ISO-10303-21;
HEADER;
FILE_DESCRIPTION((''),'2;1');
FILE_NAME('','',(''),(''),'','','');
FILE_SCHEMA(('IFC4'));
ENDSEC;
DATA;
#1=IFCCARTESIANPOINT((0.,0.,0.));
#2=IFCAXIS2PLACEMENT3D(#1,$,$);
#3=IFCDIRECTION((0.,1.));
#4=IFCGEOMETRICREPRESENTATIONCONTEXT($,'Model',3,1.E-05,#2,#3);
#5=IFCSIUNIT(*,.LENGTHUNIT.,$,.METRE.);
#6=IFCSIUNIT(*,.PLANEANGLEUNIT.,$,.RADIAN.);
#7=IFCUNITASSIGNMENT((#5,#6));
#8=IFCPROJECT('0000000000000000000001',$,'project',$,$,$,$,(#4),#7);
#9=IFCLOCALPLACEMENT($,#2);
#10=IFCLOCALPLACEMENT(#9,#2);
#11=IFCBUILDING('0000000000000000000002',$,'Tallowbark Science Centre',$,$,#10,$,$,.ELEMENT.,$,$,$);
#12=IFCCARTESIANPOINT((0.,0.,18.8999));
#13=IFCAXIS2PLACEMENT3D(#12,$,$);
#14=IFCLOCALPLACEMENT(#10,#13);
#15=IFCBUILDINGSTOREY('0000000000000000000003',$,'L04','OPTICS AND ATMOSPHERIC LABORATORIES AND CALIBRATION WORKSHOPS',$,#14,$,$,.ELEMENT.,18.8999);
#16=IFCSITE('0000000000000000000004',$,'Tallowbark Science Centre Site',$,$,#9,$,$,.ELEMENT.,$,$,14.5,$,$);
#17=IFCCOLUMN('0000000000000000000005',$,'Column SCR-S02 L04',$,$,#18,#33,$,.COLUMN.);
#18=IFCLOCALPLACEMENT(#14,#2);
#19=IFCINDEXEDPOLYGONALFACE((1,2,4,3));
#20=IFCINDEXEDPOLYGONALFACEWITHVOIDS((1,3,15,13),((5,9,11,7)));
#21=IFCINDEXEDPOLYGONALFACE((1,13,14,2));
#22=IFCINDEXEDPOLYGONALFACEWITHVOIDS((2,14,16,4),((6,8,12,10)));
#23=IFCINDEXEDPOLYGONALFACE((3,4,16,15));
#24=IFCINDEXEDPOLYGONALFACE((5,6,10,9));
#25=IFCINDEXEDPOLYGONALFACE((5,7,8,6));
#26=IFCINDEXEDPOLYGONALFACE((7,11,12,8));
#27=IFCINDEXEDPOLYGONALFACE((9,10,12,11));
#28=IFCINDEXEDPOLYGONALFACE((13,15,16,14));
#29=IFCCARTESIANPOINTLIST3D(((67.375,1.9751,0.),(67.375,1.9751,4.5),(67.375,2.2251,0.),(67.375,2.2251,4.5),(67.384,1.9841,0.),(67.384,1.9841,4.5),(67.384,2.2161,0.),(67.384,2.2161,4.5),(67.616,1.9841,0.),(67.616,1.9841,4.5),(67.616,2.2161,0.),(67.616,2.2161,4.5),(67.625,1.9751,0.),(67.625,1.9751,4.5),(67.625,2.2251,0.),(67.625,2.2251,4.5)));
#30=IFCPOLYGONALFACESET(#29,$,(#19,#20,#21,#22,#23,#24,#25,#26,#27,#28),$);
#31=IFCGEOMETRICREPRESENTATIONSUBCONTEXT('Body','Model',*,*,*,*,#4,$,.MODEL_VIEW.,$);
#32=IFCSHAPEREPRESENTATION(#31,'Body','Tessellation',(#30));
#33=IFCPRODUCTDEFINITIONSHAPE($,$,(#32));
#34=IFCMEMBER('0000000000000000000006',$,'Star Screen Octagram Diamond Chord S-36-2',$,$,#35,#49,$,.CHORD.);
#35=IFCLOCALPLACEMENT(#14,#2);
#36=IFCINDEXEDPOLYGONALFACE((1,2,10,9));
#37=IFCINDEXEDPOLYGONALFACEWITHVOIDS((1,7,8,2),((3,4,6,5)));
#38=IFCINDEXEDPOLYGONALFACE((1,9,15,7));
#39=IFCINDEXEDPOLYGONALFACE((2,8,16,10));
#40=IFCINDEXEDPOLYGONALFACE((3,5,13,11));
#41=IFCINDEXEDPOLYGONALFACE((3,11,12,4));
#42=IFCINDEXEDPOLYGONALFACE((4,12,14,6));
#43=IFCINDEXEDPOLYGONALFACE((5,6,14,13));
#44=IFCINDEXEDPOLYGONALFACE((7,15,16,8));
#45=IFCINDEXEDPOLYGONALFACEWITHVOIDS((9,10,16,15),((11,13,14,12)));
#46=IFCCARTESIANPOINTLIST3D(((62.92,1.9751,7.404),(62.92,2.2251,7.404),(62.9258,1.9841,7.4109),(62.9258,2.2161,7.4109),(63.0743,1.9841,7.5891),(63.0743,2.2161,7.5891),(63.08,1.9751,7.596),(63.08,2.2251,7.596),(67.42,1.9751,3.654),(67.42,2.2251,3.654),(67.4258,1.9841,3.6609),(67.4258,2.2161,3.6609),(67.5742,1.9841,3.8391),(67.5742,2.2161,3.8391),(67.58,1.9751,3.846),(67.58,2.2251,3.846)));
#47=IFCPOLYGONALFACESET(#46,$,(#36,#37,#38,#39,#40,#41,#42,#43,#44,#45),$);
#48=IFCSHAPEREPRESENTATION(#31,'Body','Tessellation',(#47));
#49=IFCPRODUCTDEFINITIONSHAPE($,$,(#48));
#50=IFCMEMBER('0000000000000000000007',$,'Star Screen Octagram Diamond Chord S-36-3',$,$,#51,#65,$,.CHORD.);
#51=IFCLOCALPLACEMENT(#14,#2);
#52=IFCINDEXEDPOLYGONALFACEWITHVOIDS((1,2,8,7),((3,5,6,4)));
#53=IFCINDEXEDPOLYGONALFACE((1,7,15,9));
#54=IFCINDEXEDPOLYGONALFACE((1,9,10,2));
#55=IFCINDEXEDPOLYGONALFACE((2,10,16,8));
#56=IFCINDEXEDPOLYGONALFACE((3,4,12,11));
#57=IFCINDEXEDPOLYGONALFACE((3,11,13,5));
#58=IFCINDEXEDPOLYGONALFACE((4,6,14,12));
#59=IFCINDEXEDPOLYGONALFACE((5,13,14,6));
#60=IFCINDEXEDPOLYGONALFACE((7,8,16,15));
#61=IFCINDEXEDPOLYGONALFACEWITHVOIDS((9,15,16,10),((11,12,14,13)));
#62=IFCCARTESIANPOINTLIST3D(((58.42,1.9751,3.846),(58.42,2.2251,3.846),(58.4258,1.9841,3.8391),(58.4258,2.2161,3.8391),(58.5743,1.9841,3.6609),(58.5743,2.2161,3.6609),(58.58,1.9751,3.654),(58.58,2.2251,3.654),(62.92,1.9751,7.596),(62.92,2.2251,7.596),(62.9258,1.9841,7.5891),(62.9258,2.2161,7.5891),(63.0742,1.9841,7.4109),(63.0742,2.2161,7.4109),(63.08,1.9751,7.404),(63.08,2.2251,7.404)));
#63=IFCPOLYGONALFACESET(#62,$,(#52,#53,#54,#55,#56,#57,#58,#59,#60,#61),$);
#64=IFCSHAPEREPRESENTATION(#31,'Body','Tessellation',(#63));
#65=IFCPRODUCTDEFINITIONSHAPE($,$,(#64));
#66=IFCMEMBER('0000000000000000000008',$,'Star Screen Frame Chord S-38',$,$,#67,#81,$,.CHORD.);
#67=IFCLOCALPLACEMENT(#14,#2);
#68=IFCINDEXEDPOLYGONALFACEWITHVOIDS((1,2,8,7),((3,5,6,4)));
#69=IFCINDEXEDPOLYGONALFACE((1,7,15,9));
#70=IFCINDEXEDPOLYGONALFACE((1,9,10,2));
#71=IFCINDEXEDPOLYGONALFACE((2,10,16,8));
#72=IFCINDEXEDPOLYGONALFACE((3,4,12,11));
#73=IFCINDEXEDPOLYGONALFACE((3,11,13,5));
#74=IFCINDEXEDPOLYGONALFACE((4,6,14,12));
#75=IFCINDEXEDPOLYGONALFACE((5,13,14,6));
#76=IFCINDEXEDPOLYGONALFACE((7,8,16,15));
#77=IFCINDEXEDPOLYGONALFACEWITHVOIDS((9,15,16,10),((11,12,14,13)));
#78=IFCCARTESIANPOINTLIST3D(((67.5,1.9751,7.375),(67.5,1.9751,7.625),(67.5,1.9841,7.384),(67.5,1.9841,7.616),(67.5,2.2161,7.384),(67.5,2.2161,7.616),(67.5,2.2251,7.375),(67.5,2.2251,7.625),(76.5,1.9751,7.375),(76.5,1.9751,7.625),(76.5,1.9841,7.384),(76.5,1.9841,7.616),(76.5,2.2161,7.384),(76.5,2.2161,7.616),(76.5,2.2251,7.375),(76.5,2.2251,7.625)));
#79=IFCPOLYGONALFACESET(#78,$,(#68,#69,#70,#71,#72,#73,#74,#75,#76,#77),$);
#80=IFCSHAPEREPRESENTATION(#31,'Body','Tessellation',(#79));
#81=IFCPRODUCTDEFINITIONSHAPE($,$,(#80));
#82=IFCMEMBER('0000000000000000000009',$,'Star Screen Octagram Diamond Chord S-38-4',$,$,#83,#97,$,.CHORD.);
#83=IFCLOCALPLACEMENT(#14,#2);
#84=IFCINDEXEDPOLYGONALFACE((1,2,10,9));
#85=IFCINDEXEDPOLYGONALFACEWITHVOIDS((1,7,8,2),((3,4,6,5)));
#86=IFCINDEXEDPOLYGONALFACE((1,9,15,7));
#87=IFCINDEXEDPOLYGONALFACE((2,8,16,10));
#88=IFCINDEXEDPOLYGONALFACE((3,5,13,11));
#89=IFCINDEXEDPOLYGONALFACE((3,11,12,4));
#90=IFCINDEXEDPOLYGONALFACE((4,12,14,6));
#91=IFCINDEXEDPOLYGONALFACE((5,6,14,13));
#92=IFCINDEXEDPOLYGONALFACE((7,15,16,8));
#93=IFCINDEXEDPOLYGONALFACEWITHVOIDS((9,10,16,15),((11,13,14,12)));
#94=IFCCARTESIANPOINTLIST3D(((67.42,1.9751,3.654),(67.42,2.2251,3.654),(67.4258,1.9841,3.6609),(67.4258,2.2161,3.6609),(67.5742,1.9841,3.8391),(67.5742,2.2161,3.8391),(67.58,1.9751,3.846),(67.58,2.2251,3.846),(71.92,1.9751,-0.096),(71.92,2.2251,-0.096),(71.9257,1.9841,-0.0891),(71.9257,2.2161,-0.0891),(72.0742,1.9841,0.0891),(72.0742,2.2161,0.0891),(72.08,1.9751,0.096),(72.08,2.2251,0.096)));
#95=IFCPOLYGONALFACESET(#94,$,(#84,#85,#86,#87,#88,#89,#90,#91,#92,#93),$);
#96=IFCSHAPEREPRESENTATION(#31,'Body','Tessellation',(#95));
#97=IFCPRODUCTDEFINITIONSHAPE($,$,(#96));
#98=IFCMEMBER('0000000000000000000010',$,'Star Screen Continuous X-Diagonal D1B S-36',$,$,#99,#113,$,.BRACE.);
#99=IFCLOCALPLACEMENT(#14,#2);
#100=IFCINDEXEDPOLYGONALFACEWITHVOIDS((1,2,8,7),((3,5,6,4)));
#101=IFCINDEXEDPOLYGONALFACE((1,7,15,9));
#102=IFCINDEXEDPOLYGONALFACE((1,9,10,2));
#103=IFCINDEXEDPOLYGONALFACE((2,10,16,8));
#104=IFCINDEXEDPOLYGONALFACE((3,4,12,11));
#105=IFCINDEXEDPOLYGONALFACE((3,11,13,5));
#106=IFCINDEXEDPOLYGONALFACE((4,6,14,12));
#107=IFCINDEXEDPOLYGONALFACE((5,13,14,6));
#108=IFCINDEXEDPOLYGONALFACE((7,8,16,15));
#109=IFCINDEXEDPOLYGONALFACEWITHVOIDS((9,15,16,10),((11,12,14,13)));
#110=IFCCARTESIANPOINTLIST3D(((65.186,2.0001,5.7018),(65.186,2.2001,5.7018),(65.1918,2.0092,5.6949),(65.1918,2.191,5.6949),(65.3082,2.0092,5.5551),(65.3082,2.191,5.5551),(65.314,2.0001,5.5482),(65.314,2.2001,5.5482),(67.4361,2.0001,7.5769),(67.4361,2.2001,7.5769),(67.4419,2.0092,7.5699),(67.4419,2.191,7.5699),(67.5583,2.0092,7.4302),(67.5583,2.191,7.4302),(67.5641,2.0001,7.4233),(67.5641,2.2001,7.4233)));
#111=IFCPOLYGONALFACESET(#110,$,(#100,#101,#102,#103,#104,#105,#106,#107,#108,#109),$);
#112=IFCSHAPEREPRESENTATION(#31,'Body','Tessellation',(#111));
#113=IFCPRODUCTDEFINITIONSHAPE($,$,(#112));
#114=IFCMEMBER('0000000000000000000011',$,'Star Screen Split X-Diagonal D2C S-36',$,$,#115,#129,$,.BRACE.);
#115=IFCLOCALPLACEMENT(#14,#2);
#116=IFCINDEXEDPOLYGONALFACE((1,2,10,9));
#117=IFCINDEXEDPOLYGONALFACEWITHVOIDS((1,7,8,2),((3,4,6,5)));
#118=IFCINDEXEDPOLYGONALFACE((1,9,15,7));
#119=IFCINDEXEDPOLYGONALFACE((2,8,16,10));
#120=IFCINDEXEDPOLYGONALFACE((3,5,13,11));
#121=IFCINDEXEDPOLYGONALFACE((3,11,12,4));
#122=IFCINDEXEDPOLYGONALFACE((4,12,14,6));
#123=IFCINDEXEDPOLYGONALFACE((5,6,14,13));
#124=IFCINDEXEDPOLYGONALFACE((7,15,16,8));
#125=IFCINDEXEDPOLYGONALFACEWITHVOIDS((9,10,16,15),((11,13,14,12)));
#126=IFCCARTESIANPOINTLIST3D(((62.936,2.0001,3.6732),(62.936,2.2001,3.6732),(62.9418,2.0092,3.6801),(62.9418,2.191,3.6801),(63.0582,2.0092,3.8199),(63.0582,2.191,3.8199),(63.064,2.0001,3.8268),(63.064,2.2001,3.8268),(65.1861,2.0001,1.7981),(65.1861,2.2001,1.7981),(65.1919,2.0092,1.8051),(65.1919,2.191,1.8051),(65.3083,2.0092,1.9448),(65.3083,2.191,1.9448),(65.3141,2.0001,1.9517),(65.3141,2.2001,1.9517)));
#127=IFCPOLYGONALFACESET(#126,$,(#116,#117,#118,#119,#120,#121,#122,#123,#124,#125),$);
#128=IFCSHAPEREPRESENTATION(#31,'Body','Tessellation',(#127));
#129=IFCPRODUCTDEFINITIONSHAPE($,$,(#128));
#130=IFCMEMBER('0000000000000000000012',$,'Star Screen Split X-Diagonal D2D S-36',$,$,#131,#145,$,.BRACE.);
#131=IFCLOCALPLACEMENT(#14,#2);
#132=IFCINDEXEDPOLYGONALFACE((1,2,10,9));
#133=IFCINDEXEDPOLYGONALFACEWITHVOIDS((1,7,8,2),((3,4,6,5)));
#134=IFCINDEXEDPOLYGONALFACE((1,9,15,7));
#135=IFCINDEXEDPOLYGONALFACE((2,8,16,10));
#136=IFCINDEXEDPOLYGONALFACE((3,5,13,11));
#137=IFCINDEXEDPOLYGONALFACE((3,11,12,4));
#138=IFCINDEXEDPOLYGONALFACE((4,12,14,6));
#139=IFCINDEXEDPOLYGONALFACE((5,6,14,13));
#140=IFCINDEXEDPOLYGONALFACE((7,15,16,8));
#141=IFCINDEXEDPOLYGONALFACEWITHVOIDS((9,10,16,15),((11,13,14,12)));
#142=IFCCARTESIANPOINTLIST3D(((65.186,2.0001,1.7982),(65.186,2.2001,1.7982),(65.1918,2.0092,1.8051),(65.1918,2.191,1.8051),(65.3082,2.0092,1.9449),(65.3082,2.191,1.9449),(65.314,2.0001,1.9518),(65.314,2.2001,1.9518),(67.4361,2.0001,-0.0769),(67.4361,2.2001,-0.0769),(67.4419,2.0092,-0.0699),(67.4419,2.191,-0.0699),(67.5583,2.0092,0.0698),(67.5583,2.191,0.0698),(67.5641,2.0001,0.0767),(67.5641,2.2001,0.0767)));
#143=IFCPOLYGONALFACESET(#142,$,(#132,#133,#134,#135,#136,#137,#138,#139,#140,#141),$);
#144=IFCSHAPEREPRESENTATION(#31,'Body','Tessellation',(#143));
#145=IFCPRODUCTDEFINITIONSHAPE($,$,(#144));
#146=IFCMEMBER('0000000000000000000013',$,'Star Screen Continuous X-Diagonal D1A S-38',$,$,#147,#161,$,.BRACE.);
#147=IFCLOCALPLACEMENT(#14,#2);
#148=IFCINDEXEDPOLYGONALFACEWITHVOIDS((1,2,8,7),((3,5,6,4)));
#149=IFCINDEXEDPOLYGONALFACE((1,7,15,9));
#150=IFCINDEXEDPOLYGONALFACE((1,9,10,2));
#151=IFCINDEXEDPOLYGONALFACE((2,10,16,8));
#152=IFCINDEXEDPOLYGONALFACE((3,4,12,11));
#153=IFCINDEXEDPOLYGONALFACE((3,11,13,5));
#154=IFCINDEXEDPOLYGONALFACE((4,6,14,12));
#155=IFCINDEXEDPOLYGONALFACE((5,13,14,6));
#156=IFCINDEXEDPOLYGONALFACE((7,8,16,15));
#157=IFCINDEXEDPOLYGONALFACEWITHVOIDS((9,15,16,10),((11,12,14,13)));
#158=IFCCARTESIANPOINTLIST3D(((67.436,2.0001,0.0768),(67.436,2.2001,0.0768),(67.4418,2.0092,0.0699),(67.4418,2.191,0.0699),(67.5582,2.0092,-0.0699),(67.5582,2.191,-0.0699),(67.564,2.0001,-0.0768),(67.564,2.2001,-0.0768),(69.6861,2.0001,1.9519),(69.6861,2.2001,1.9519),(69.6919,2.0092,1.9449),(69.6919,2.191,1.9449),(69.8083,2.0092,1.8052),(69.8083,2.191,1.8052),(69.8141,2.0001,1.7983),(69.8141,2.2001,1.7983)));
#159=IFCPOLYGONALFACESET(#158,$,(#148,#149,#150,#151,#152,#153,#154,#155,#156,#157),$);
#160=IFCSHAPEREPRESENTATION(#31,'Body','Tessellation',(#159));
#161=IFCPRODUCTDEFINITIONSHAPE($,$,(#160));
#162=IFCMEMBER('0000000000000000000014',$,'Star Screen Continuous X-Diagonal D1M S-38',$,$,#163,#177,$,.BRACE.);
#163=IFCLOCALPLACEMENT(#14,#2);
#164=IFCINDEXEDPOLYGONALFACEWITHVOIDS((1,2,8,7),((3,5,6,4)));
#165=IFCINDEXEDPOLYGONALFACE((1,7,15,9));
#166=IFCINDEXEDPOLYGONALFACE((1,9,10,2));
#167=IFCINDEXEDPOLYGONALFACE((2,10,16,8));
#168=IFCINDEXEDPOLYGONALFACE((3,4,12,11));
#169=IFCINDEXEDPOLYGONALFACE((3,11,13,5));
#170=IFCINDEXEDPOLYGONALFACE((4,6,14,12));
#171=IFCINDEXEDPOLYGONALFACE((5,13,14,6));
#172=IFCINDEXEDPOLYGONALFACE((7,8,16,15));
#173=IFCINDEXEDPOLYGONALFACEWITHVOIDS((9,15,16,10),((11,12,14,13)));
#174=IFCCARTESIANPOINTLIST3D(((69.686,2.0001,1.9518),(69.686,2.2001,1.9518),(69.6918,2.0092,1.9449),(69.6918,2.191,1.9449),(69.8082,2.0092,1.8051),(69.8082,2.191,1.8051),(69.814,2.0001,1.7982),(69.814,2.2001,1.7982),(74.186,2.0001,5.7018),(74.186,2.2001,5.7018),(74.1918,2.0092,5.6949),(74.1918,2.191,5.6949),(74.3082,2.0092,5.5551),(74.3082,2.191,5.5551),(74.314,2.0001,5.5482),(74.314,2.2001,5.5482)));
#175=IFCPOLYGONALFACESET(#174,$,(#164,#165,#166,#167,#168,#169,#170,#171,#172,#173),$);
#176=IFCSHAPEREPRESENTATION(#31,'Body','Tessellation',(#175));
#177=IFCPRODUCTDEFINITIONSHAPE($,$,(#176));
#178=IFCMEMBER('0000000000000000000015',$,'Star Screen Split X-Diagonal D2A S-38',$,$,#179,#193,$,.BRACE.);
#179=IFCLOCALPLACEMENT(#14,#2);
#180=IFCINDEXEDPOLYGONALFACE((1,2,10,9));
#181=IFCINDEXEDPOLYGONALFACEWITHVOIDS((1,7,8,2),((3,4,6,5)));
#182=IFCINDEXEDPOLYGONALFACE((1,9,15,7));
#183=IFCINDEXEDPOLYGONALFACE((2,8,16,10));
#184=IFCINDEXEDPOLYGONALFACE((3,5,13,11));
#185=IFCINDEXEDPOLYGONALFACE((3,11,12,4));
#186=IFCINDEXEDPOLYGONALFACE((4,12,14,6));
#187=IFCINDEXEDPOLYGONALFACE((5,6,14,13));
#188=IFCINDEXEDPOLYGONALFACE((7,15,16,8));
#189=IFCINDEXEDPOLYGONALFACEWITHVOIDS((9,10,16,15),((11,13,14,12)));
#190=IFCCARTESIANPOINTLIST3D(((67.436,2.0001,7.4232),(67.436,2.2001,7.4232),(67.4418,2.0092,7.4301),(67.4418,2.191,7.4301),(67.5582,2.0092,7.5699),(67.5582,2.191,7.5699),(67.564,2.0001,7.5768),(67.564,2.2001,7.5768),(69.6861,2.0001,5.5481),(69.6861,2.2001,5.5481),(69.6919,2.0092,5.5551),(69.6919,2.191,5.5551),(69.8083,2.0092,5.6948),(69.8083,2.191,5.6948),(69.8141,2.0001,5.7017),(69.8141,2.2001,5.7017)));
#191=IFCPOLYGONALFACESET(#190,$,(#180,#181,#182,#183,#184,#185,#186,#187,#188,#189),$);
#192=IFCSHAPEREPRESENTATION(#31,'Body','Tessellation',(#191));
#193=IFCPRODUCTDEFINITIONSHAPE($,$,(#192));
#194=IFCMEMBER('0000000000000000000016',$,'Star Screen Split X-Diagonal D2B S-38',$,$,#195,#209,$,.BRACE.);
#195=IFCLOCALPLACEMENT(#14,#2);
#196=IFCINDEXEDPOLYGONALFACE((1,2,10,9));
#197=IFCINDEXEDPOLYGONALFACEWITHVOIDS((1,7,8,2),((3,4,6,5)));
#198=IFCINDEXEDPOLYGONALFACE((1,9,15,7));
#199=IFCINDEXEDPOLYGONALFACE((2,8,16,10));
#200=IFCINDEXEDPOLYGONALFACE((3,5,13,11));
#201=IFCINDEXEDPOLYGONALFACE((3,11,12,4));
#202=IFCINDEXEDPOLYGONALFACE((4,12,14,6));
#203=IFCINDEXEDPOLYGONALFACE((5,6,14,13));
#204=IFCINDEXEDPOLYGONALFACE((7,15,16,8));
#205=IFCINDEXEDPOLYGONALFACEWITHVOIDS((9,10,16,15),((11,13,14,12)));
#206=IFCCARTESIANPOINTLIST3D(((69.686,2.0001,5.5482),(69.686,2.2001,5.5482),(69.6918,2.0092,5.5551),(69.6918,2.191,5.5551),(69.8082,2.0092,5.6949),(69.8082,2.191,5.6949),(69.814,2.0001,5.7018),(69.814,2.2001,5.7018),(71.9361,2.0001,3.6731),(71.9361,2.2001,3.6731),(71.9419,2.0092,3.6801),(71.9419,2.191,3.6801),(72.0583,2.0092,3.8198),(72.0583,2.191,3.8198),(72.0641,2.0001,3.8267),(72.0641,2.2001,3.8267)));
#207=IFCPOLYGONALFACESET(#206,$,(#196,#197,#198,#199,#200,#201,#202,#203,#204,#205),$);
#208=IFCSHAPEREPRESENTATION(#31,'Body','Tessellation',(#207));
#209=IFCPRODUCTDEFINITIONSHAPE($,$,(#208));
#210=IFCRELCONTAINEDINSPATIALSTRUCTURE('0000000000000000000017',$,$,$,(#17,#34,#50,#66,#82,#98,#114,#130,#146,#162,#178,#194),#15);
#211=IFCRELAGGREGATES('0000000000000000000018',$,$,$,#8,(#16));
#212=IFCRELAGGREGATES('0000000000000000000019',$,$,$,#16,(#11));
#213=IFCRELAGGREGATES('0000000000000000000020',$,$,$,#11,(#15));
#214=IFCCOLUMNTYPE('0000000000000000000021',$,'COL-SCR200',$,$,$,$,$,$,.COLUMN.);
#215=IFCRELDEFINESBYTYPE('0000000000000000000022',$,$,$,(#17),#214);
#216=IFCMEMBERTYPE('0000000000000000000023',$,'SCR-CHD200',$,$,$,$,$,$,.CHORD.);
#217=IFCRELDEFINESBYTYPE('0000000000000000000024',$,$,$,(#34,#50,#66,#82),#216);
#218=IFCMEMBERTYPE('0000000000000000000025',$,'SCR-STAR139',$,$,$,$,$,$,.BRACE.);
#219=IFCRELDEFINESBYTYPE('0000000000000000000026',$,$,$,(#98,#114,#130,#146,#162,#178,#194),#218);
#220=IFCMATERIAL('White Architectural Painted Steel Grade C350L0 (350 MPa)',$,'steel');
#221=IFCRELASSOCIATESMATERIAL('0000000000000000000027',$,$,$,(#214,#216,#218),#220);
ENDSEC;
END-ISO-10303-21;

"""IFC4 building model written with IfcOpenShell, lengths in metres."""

from ifc_helpers import new_model, si_unit, direction, frame, origin, origin_2d, place, context, subcontext, project, spatial, hollow_rectangle, extrude, material, material_profile, profile_set, type_object, element, save


model = new_model("IFC4")

# Units and contexts
model_context = context("Model", 3, precision=1e-05, world=origin(), true_north=direction((0.0, 1.0)))
body_context = subcontext(model_context, "Body", "Model", "MODEL_VIEW")
ifc_project = project(units=[si_unit("LENGTHUNIT", "METRE"), si_unit("PLANEANGLEUNIT", "RADIAN")], contexts=[model_context])

# Site, building, storey
site_placement = place(None, origin())
site = spatial("IfcSite", under=ifc_project, at=site_placement, Name="Tallowbark Science Centre Site", CompositionType="ELEMENT", RefElevation=14.5)
building_placement = place(site_placement, origin())
building = spatial("IfcBuilding", under=site, at=building_placement, Name="Tallowbark Science Centre", CompositionType="ELEMENT")
storey_placement = place(building_placement, frame((0.0, 0.0, 18.8999)))
storey = spatial("IfcBuildingStorey", under=building, at=storey_placement, Name="L04", Description="OPTICS AND ATMOSPHERIC LABORATORIES AND CALIBRATION WORKSHOPS", CompositionType="ELEMENT", Elevation=18.8999)

# Column
ifc_material_1 = material(Name="White Architectural Painted Steel Grade C350L0 (350 MPa)", Category="steel")
ifc_material_profile_1 = material_profile(ifc_material_1, hollow_rectangle(XDim=0.25, YDim=0.25, WallThickness=0.009, at=origin_2d()), Name="250x250x9.0SHS")
ifc_profile_set_1 = profile_set([ifc_material_profile_1], Name="White Architectural Painted Steel Grade C350L0 (350 MPa)")
column_type = type_object("IfcColumnType", Name="COL-SCR200", PredefinedType="COLUMN", material=ifc_profile_set_1)
column_placement = place(storey_placement, frame((67.5, 2.1001, 0.0), z_axis=(0.0, 0.0, 1.0), x_axis=(1.0, 0.0, 0.0)))
element("IfcColumn", 1, at=column_placement, inside=storey, type_object=column_type, Name="Column SCR-S02 L04", PredefinedType="COLUMN", context=body_context, shape_type="SweptSolid", body=[
    extrude(hollow_rectangle(XDim=0.25, YDim=0.25, WallThickness=0.009, at=origin_2d()), origin(), (0.0, 0.0, 1.0), 4.5),
])

# Members
ifc_material_profile_2 = material_profile(ifc_material_1, hollow_rectangle(XDim=0.25, YDim=0.25, WallThickness=0.009, at=origin_2d()), Name="250x250x9.0SHS")
ifc_profile_set_2 = profile_set([ifc_material_profile_2], Name="White Architectural Painted Steel Grade C350L0 (350 MPa)")
member_type_1 = type_object("IfcMemberType", Name="SCR-CHD200", PredefinedType="CHORD", material=ifc_profile_set_2)
for number, where, z_axis, x_axis, name in (
    (2, (67.5, 2.1001, 3.75), (-0.768221, 0.0, 0.640184), (0.0, -1.0, 0.0), "Star Screen Octagram Diamond Chord S-36-2"),
    (3, (63.0, 2.1001, 7.5), (-0.768221, 0.0, -0.640184), (0.0, -1.0, 0.0), "Star Screen Octagram Diamond Chord S-36-3"),
):
    element("IfcMember", number, at=place(storey_placement, frame(where, z_axis=z_axis, x_axis=x_axis)), inside=storey, type_object=member_type_1, Name=name, PredefinedType="CHORD", context=body_context, shape_type="SweptSolid", body=[
        extrude(hollow_rectangle(XDim=0.25, YDim=0.25, WallThickness=0.009, at=origin_2d()), origin(), (0.0, 0.0, 1.0), 5.8577),
    ])
member_1_placement = place(storey_placement, frame((67.5, 2.1001, 7.5), z_axis=(1.0, 0.0, 0.0), x_axis=(0.0, 1.0, 0.0)))
element("IfcMember", 4, at=member_1_placement, inside=storey, type_object=member_type_1, Name="Star Screen Frame Chord S-38", PredefinedType="CHORD", context=body_context, shape_type="SweptSolid", body=[
    extrude(hollow_rectangle(XDim=0.25, YDim=0.25, WallThickness=0.009, at=origin_2d()), origin(), (0.0, 0.0, 1.0), 9.0),
])
member_2_placement = place(storey_placement, frame((67.5, 2.1001, 3.75), z_axis=(0.768221, 0.0, -0.640184), x_axis=(0.0, 1.0, 0.0)))
element("IfcMember", 5, at=member_2_placement, inside=storey, type_object=member_type_1, Name="Star Screen Octagram Diamond Chord S-38-4", PredefinedType="CHORD", context=body_context, shape_type="SweptSolid", body=[
    extrude(hollow_rectangle(XDim=0.25, YDim=0.25, WallThickness=0.009, at=origin_2d()), origin(), (0.0, 0.0, 1.0), 5.8577),
])
ifc_material_profile_3 = material_profile(ifc_material_1, hollow_rectangle(XDim=0.2, YDim=0.2, WallThickness=0.009, at=origin_2d()), Name="200x200x9.0SHS")
ifc_profile_set_3 = profile_set([ifc_material_profile_3], Name="White Architectural Painted Steel Grade C350L0 (350 MPa)")
member_type_2 = type_object("IfcMemberType", Name="SCR-STAR139", PredefinedType="BRACE", material=ifc_profile_set_3)
for number, where, z_axis, x_axis, name in (
    (6, (65.25, 2.1001, 5.625), (0.768221, 0.0, 0.640184), (0.0, 1.0, 0.0), "Star Screen Continuous X-Diagonal D1B S-36"),
    (7, (63.0, 2.1001, 3.75), (0.768221, 0.0, -0.640184), (0.0, 1.0, 0.0), "Star Screen Split X-Diagonal D2C S-36"),
    (8, (65.25, 2.1001, 1.875), (0.768221, 0.0, -0.640184), (0.0, 1.0, 0.0), "Star Screen Split X-Diagonal D2D S-36"),
    (9, (67.5, 2.1001, 0.0), (0.768221, 0.0, 0.640184), (0.0, 1.0, 0.0), "Star Screen Continuous X-Diagonal D1A S-38"),
):
    element("IfcMember", number, at=place(storey_placement, frame(where, z_axis=z_axis, x_axis=x_axis)), inside=storey, type_object=member_type_2, Name=name, PredefinedType="BRACE", context=body_context, shape_type="SweptSolid", body=[
        extrude(hollow_rectangle(XDim=0.2, YDim=0.2, WallThickness=0.009, at=origin_2d()), origin(), (0.0, 0.0, 1.0), 2.929),
    ])
member_3_placement = place(storey_placement, frame((69.75, 2.1001, 1.875), z_axis=(0.768221, 0.0, 0.640184), x_axis=(0.0, 1.0, 0.0)))
element("IfcMember", 10, at=member_3_placement, inside=storey, type_object=member_type_2, Name="Star Screen Continuous X-Diagonal D1M S-38", PredefinedType="BRACE", context=body_context, shape_type="SweptSolid", body=[
    extrude(hollow_rectangle(XDim=0.2, YDim=0.2, WallThickness=0.009, at=origin_2d()), origin(), (0.0, 0.0, 1.0), 5.8577),
])
for number, where, z_axis, x_axis, name in (
    (11, (67.5, 2.1001, 7.5), (0.768221, 0.0, -0.640184), (0.0, 1.0, 0.0), "Star Screen Split X-Diagonal D2A S-38"),
    (12, (69.75, 2.1001, 5.625), (0.768221, 0.0, -0.640184), (0.0, 1.0, 0.0), "Star Screen Split X-Diagonal D2B S-38"),
):
    element("IfcMember", number, at=place(storey_placement, frame(where, z_axis=z_axis, x_axis=x_axis)), inside=storey, type_object=member_type_2, Name=name, PredefinedType="BRACE", context=body_context, shape_type="SweptSolid", body=[
        extrude(hollow_rectangle(XDim=0.2, YDim=0.2, WallThickness=0.009, at=origin_2d()), origin(), (0.0, 0.0, 1.0), 2.929),
    ])

save(model, "model.ifc")
